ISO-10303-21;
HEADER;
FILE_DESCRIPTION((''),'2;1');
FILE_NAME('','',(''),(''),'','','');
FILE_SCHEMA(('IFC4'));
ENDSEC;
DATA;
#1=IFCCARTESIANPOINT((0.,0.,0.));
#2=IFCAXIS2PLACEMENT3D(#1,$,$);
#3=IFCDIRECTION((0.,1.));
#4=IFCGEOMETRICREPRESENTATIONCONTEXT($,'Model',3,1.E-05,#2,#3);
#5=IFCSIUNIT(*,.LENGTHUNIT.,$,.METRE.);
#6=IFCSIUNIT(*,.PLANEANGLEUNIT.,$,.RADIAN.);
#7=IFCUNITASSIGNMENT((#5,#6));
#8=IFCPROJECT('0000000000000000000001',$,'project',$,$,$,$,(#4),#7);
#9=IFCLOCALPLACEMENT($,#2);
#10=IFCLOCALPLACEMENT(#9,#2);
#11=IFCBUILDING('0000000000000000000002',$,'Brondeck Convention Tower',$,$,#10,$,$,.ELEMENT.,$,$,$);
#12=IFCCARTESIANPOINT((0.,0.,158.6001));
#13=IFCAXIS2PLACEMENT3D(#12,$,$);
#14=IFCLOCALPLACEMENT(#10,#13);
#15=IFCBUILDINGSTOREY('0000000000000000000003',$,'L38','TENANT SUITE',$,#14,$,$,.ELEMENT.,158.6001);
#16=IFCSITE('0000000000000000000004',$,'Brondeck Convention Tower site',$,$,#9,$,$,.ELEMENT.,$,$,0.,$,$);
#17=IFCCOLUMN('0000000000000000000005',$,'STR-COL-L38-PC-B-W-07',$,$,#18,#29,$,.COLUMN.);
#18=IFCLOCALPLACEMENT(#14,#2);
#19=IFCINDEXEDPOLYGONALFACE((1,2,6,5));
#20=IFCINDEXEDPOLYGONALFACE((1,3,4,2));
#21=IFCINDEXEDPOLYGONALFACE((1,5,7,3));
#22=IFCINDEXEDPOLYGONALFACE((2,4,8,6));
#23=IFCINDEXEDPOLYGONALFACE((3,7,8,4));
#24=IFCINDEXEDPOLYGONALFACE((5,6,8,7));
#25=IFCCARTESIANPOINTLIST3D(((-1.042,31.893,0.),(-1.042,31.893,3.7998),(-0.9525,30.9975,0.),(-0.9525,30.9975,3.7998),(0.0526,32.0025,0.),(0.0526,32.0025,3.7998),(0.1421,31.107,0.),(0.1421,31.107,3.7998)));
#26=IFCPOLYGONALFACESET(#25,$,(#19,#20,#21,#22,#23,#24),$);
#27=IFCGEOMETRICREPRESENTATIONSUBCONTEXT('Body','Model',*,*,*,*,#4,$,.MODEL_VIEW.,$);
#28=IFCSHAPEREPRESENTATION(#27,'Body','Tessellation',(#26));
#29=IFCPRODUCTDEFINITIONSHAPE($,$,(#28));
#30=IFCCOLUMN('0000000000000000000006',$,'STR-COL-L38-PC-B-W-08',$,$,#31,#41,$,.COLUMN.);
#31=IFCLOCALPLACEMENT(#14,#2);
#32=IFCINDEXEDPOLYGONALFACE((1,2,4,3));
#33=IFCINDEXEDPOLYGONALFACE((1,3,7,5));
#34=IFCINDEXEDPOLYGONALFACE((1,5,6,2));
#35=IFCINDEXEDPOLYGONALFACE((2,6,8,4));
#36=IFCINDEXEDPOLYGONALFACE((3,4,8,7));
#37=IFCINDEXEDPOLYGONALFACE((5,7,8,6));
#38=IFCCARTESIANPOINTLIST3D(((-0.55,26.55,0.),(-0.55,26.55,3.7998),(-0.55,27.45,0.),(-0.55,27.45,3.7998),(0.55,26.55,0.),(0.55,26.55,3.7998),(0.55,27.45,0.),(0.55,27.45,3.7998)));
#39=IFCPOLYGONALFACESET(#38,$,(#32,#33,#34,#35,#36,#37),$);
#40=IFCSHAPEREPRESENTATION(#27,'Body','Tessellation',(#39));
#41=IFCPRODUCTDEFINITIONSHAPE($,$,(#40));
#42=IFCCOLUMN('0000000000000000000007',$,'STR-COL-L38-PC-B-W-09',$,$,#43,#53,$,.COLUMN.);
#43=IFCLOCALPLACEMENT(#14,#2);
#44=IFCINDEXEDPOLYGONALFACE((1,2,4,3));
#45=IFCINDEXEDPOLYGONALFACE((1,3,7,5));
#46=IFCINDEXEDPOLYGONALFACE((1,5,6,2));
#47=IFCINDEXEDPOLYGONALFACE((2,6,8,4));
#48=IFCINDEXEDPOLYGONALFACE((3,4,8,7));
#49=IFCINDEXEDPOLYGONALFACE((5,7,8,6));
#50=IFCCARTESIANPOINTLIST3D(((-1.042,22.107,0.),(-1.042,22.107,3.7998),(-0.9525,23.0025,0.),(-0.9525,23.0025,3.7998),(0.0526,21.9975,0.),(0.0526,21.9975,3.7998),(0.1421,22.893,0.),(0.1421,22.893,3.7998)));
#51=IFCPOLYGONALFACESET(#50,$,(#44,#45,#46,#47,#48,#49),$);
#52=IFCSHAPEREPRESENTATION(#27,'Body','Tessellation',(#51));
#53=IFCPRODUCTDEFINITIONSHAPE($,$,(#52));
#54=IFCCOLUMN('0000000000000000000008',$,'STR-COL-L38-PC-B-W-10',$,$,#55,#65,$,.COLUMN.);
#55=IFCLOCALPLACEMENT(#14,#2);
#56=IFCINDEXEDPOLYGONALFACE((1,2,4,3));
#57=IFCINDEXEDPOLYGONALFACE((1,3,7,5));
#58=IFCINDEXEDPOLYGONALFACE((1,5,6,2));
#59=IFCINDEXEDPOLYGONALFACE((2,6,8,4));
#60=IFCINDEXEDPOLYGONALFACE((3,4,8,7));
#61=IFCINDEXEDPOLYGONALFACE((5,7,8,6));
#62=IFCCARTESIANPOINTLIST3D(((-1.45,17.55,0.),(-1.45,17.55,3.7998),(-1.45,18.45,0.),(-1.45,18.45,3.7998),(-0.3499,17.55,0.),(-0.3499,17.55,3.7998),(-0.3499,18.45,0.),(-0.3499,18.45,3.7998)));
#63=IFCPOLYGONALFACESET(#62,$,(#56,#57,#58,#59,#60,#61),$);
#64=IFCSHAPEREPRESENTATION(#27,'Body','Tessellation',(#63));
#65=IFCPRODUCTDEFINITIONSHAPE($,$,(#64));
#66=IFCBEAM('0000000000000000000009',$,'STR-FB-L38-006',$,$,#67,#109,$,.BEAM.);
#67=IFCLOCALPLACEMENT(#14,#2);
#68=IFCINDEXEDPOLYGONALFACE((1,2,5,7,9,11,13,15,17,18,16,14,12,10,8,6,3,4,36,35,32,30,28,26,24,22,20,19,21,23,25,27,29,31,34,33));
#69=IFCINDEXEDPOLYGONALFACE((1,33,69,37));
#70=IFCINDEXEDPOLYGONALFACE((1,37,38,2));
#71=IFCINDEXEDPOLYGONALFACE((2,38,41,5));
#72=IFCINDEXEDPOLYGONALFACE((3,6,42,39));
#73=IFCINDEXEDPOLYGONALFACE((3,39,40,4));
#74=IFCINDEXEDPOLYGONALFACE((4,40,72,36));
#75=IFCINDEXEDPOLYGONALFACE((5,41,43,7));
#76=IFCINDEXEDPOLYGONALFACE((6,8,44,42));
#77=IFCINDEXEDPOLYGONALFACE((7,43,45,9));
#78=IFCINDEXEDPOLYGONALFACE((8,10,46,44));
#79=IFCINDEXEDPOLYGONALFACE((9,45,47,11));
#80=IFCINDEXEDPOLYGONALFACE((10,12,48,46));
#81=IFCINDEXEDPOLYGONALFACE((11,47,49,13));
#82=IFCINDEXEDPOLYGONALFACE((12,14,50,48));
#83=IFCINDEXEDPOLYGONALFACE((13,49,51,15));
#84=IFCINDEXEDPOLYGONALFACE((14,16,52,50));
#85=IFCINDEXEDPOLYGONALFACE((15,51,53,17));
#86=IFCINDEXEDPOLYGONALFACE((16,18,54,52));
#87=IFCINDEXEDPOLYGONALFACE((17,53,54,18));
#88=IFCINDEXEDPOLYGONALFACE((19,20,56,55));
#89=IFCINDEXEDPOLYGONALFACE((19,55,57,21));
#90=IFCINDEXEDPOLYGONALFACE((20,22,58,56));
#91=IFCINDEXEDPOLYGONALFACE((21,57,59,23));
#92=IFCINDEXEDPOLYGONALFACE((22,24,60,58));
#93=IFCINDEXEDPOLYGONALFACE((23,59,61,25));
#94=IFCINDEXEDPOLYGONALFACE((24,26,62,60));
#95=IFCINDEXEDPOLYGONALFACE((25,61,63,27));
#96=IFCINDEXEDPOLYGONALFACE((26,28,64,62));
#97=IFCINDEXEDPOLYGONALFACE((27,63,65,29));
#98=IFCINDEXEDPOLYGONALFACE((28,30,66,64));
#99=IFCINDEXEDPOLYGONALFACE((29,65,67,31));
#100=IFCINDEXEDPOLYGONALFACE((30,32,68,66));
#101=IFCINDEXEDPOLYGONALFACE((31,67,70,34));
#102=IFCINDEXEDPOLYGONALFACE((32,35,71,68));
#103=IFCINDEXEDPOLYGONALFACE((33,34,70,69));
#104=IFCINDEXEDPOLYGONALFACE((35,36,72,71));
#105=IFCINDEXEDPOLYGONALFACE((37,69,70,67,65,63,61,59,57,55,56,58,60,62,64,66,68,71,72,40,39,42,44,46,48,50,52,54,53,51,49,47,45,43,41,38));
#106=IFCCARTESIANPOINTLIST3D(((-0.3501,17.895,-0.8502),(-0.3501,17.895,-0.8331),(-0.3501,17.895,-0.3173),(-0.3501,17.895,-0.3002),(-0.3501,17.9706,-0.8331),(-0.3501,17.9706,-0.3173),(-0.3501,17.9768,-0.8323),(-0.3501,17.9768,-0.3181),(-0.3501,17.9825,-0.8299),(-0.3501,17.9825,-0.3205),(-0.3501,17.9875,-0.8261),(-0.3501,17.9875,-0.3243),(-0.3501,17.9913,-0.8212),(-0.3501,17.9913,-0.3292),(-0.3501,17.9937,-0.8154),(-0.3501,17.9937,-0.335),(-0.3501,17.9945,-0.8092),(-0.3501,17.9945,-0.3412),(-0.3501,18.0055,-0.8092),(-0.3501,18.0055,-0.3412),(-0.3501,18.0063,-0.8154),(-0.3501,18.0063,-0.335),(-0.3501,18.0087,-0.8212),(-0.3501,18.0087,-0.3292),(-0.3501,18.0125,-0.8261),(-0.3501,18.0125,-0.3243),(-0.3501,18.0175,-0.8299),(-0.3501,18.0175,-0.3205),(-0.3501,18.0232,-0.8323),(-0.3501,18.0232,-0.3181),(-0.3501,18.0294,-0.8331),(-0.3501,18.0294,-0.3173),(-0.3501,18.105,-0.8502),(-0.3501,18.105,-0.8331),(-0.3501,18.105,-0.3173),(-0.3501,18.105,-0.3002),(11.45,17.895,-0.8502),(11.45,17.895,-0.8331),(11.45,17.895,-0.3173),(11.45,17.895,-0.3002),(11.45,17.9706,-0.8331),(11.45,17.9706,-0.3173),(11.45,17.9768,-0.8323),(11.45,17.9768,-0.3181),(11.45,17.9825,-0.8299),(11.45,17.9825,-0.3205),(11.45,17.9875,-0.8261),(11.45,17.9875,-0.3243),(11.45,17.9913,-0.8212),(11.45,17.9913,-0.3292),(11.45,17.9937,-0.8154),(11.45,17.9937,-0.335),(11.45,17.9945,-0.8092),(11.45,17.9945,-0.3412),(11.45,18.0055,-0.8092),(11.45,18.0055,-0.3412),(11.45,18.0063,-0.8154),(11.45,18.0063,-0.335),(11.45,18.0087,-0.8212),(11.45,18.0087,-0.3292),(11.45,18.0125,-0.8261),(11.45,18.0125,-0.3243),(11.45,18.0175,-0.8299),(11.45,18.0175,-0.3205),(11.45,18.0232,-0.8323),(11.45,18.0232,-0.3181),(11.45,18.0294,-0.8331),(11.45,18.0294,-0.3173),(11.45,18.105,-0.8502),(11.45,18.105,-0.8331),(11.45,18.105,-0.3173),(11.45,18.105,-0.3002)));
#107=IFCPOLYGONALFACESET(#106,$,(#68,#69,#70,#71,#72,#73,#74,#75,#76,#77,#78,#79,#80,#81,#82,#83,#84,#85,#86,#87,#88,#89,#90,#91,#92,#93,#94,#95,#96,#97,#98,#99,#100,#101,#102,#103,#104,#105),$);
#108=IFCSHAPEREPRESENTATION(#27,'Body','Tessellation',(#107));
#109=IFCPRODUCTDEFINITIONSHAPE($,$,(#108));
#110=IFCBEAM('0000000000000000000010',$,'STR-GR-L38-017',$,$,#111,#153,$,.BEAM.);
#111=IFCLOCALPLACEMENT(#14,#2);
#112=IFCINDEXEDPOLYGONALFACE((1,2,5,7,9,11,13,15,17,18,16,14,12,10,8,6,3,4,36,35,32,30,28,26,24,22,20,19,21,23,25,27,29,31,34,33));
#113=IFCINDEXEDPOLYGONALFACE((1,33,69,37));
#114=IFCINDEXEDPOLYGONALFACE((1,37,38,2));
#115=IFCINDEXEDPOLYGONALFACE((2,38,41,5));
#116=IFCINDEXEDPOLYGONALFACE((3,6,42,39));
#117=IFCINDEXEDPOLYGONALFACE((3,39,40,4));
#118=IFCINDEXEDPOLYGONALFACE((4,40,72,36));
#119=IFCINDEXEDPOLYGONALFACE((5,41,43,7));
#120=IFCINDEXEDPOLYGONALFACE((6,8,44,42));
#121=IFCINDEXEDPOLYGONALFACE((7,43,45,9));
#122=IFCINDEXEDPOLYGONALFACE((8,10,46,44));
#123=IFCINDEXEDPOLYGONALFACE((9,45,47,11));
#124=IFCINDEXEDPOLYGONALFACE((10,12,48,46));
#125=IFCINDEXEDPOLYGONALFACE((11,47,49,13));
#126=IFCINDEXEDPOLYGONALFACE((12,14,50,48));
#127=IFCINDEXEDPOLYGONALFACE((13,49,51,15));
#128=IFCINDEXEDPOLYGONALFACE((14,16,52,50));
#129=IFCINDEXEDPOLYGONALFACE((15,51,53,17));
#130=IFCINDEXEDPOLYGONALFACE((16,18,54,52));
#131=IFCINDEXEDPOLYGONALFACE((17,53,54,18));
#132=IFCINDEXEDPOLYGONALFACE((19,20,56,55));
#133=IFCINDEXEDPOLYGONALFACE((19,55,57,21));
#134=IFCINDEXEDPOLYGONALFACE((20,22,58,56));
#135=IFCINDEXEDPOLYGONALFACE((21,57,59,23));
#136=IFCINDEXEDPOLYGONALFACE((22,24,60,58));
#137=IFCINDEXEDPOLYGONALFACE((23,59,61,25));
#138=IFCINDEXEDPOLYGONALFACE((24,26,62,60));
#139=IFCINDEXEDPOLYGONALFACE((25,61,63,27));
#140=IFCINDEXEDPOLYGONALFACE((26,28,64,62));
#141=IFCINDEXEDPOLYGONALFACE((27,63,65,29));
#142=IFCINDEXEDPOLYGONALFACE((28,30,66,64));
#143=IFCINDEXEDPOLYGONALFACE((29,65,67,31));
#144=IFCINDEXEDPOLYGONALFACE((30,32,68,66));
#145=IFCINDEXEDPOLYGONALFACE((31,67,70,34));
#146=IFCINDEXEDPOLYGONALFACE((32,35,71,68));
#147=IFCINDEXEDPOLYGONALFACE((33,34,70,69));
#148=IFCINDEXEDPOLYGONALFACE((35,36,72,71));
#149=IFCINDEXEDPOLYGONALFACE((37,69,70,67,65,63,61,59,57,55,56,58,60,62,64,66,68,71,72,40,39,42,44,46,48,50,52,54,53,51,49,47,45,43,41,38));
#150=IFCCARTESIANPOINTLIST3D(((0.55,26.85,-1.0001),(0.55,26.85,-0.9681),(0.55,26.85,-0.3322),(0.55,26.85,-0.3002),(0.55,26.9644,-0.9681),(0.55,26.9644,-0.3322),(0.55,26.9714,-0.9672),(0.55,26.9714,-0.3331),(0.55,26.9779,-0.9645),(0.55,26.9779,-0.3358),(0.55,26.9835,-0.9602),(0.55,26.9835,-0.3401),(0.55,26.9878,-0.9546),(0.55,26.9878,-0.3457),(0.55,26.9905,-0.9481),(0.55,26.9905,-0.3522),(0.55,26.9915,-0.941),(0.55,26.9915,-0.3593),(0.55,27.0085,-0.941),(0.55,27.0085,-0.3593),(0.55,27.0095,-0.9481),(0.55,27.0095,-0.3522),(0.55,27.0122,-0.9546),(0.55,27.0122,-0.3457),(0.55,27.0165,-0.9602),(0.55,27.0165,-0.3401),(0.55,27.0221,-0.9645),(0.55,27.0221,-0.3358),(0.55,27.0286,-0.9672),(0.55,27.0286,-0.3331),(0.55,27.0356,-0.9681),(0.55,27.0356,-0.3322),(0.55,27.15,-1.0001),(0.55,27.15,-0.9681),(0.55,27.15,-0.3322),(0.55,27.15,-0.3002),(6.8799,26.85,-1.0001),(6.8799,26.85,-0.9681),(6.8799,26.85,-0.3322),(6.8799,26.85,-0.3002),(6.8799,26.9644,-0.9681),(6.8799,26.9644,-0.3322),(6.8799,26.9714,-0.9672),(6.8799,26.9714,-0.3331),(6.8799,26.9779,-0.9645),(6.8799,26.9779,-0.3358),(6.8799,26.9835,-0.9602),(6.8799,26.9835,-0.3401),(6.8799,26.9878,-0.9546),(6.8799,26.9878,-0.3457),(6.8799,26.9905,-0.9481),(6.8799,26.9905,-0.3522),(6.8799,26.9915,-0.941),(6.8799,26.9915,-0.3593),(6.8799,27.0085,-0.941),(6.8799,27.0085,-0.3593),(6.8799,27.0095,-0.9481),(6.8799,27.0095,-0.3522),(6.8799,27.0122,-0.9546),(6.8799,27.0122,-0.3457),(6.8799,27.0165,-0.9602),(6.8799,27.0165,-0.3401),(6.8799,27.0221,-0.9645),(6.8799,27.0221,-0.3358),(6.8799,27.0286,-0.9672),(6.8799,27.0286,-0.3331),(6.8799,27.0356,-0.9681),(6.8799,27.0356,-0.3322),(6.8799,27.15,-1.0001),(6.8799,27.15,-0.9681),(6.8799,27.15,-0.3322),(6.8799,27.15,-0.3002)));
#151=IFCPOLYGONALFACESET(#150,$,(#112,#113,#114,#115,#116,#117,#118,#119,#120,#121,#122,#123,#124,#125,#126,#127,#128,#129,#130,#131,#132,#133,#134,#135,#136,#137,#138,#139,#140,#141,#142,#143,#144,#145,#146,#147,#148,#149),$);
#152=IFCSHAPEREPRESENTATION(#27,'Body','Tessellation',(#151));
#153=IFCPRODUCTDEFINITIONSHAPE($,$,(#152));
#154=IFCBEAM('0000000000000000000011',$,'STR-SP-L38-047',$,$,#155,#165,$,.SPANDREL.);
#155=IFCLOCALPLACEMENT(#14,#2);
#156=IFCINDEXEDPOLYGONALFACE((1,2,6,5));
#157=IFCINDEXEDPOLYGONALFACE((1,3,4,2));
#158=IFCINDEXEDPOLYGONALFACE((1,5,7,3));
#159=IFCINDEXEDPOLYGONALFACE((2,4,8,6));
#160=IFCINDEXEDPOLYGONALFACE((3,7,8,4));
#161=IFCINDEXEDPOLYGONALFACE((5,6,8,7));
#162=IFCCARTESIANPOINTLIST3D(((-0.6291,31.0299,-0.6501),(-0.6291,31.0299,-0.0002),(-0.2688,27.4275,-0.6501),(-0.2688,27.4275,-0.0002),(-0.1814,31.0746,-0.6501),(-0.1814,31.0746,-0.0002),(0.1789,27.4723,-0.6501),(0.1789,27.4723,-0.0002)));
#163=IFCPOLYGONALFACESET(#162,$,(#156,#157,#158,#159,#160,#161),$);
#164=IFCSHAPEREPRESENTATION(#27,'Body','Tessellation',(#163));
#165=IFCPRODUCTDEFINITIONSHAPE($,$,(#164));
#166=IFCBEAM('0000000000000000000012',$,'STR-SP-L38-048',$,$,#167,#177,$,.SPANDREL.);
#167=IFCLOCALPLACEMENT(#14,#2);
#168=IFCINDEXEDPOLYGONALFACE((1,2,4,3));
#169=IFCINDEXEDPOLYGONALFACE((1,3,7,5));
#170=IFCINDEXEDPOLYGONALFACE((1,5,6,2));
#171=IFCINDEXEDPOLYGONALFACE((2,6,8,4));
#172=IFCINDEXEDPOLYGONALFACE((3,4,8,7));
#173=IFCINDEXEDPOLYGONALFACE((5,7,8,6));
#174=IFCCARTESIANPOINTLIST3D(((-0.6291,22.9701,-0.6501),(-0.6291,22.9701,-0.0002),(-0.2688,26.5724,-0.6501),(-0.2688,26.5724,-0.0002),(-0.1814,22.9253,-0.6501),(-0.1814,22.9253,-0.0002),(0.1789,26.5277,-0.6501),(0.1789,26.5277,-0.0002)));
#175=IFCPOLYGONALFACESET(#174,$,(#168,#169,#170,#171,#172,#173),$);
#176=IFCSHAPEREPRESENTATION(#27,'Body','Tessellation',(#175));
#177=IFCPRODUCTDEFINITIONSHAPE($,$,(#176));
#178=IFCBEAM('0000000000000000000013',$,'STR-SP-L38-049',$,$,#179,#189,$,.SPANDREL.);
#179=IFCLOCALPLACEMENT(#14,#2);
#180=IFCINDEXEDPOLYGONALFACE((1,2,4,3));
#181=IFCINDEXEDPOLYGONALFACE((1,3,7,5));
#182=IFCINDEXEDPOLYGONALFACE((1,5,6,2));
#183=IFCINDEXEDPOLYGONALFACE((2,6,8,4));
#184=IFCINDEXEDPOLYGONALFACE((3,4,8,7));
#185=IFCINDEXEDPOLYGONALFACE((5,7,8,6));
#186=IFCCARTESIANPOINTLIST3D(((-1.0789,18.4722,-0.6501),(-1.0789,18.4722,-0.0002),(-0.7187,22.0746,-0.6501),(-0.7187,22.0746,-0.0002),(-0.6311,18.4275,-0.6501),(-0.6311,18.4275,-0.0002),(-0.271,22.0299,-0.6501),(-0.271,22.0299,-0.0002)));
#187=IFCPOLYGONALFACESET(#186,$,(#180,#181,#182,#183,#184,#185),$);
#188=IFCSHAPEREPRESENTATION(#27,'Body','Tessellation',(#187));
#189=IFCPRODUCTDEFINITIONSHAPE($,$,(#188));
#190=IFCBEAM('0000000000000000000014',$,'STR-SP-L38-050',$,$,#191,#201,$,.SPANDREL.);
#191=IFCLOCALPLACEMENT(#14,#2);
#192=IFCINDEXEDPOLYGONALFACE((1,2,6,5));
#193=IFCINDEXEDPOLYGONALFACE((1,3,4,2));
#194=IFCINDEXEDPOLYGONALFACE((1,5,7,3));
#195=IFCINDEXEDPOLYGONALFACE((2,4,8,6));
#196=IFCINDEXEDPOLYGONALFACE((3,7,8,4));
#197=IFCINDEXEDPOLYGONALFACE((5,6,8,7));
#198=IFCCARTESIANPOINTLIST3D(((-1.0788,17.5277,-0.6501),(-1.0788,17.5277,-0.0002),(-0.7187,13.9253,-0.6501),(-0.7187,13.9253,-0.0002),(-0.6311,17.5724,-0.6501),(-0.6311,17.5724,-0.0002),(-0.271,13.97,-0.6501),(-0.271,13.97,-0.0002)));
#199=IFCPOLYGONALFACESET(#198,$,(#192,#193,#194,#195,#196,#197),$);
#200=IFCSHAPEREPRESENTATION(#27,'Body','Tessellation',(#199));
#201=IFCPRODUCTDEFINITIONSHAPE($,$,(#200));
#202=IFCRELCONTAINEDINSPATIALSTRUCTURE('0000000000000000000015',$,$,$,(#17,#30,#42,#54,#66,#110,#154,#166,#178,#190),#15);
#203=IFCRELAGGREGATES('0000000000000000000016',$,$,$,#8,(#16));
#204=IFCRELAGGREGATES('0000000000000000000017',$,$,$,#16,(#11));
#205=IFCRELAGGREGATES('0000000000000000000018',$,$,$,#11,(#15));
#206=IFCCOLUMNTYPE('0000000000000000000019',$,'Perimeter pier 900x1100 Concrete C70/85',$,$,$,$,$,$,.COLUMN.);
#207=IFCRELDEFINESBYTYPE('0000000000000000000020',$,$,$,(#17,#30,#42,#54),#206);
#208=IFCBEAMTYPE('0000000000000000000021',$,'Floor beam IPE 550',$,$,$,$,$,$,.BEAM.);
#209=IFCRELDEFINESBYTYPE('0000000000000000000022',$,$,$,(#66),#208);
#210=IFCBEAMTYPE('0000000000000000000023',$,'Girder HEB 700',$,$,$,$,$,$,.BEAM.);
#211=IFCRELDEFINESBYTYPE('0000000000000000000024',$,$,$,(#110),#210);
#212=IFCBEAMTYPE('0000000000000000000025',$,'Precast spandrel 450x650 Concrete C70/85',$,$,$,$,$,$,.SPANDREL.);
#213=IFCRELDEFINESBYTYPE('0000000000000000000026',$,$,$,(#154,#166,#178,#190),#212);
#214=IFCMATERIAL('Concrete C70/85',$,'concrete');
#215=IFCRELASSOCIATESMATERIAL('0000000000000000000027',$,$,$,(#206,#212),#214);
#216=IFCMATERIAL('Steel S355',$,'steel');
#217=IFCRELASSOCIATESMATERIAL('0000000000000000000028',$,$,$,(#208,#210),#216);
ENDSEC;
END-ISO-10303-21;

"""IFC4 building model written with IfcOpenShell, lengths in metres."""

from ifc_helpers import new_model, si_unit, direction, frame, origin, origin_2d, place, context, subcontext, project, spatial, rectangle, i_section, extrude, material, material_profile, profile_set, type_object, element, save


model = new_model("IFC4")

# Units and contexts
model_context = context("Model", 3, precision=1e-05, world=origin(), true_north=direction((0.0, 1.0)))
body_context = subcontext(model_context, "Body", "Model", "MODEL_VIEW")
ifc_project = project(units=[si_unit("LENGTHUNIT", "METRE"), si_unit("PLANEANGLEUNIT", "RADIAN")], contexts=[model_context])

# Site, building, storey
site_placement = place(None, origin())
site = spatial("IfcSite", under=ifc_project, at=site_placement, Name="Brondeck Convention Tower site", CompositionType="ELEMENT", RefElevation=0.0)
building_placement = place(site_placement, origin())
building = spatial("IfcBuilding", under=site, at=building_placement, Name="Brondeck Convention Tower", CompositionType="ELEMENT")
storey_placement = place(building_placement, frame((0.0, 0.0, 158.6001)))
storey = spatial("IfcBuildingStorey", under=building, at=storey_placement, Name="L38", Description="TENANT SUITE", CompositionType="ELEMENT", Elevation=158.6001)

# Columns
ifc_material_1 = material(Name="Concrete C70/85", Category="concrete")
ifc_material_profile_1 = material_profile(ifc_material_1, rectangle(XDim=0.8999, YDim=1.1001, at=origin_2d()), Name="Perimeter pier 900x1100 Concrete C70/85")
ifc_profile_set_1 = profile_set([ifc_material_profile_1], Name="Concrete C70/85")
column_type = type_object("IfcColumnType", Name="Perimeter pier 900x1100 Concrete C70/85", PredefinedType="COLUMN", material=ifc_profile_set_1)
for number, where, z_axis, x_axis, name in (
    (1, (-0.45, 31.5, 0.0), (0.0, 0.0, 1.0), (0.099504, -0.995037, 0.0), "STR-COL-L38-PC-B-W-07"),
    (2, (0.0, 27.0, 0.0), (0.0, 0.0, 1.0), (0.0, -1.0, 0.0), "STR-COL-L38-PC-B-W-08"),
    (3, (-0.45, 22.5, 0.0), (0.0, 0.0, 1.0), (-0.099504, -0.995037, 0.0), "STR-COL-L38-PC-B-W-09"),
    (4, (-0.8999, 18.0, 0.0), (0.0, 0.0, 1.0), (0.0, -1.0, 0.0), "STR-COL-L38-PC-B-W-10"),
):
    element("IfcColumn", number, at=place(storey_placement, frame(where, z_axis=z_axis, x_axis=x_axis)), inside=storey, type_object=column_type, Name=name, PredefinedType="COLUMN", context=body_context, shape_type="SweptSolid", body=[
        extrude(rectangle(XDim=0.8999, YDim=1.1001, at=origin_2d()), origin(), (0.0, 0.0, 1.0), 3.7998),
    ])

# Beams
ifc_material_2 = material(Name="Steel S355", Category="steel")
ifc_material_profile_2 = material_profile(ifc_material_2, i_section(OverallWidth=0.21, OverallDepth=0.55, WebThickness=0.011, FlangeThickness=0.0171, FilletRadius=0.0239, at=origin_2d()), Name="IPE 550")
ifc_profile_set_2 = profile_set([ifc_material_profile_2], Name="Steel S355")
beam_type_1 = type_object("IfcBeamType", Name="Floor beam IPE 550", PredefinedType="BEAM", material=ifc_profile_set_2)
beam_1_placement = place(storey_placement, frame((-0.3501, 18.0, -0.5752), z_axis=(1.0, 0.0, 0.0), x_axis=(0.0, 1.0, 0.0)))
element("IfcBeam", 5, at=beam_1_placement, inside=storey, type_object=beam_type_1, Name="STR-FB-L38-006", PredefinedType="BEAM", context=body_context, shape_type="SweptSolid", body=[
    extrude(i_section(OverallWidth=0.21, OverallDepth=0.55, WebThickness=0.011, FlangeThickness=0.0171, FilletRadius=0.0239, at=origin_2d()), origin(), (0.0, 0.0, 1.0), 11.8),
])
ifc_material_profile_3 = material_profile(ifc_material_2, i_section(OverallWidth=0.3, OverallDepth=0.7, WebThickness=0.0171, FlangeThickness=0.032, FilletRadius=0.0271, at=origin_2d()), Name="HEB 700")
ifc_profile_set_3 = profile_set([ifc_material_profile_3], Name="Steel S355")
beam_type_2 = type_object("IfcBeamType", Name="Girder HEB 700", PredefinedType="BEAM", material=ifc_profile_set_3)
beam_2_placement = place(storey_placement, frame((0.55, 27.0, -0.6501), z_axis=(1.0, 0.0, 0.0), x_axis=(0.0, 1.0, 0.0)))
element("IfcBeam", 6, at=beam_2_placement, inside=storey, type_object=beam_type_2, Name="STR-GR-L38-017", PredefinedType="BEAM", context=body_context, shape_type="SweptSolid", body=[
    extrude(i_section(OverallWidth=0.3, OverallDepth=0.7, WebThickness=0.0171, FlangeThickness=0.032, FilletRadius=0.0271, at=origin_2d()), origin(), (0.0, 0.0, 1.0), 6.3298),
])
ifc_material_profile_4 = material_profile(ifc_material_1, rectangle(XDim=0.45, YDim=0.6499, at=origin_2d()), Name="Precast spandrel 450x650 Concrete C70/85")
ifc_profile_set_4 = profile_set([ifc_material_profile_4], Name="Concrete C70/85")
beam_type_3 = type_object("IfcBeamType", Name="Precast spandrel 450x650 Concrete C70/85", PredefinedType="SPANDREL", material=ifc_profile_set_4)
for number, where, z_axis, x_axis, name in (
    (7, (-0.4053, 31.0522, -0.3252), (0.099537, -0.995034, 0.0), (0.995034, 0.099537, 0.0), "STR-SP-L38-047"),
    (8, (-0.0449, 26.55, -0.3252), (-0.099537, -0.995034, 0.0), (0.995034, -0.099537, 0.0), "STR-SP-L38-048"),
    (9, (-0.4949, 22.0522, -0.3252), (-0.09947, -0.995041, 0.0), (0.995041, -0.09947, 0.0), "STR-SP-L38-049"),
    (10, (-0.855, 17.55, -0.3252), (0.09947, -0.995041, 0.0), (0.995041, 0.09947, 0.0), "STR-SP-L38-050"),
):
    element("IfcBeam", number, at=place(storey_placement, frame(where, z_axis=z_axis, x_axis=x_axis)), inside=storey, type_object=beam_type_3, Name=name, PredefinedType="SPANDREL", context=body_context, shape_type="SweptSolid", body=[
        extrude(rectangle(XDim=0.45, YDim=0.6499, at=origin_2d()), origin(), (0.0, 0.0, 1.0), 3.6204),
    ])

save(model, "model.ifc")
